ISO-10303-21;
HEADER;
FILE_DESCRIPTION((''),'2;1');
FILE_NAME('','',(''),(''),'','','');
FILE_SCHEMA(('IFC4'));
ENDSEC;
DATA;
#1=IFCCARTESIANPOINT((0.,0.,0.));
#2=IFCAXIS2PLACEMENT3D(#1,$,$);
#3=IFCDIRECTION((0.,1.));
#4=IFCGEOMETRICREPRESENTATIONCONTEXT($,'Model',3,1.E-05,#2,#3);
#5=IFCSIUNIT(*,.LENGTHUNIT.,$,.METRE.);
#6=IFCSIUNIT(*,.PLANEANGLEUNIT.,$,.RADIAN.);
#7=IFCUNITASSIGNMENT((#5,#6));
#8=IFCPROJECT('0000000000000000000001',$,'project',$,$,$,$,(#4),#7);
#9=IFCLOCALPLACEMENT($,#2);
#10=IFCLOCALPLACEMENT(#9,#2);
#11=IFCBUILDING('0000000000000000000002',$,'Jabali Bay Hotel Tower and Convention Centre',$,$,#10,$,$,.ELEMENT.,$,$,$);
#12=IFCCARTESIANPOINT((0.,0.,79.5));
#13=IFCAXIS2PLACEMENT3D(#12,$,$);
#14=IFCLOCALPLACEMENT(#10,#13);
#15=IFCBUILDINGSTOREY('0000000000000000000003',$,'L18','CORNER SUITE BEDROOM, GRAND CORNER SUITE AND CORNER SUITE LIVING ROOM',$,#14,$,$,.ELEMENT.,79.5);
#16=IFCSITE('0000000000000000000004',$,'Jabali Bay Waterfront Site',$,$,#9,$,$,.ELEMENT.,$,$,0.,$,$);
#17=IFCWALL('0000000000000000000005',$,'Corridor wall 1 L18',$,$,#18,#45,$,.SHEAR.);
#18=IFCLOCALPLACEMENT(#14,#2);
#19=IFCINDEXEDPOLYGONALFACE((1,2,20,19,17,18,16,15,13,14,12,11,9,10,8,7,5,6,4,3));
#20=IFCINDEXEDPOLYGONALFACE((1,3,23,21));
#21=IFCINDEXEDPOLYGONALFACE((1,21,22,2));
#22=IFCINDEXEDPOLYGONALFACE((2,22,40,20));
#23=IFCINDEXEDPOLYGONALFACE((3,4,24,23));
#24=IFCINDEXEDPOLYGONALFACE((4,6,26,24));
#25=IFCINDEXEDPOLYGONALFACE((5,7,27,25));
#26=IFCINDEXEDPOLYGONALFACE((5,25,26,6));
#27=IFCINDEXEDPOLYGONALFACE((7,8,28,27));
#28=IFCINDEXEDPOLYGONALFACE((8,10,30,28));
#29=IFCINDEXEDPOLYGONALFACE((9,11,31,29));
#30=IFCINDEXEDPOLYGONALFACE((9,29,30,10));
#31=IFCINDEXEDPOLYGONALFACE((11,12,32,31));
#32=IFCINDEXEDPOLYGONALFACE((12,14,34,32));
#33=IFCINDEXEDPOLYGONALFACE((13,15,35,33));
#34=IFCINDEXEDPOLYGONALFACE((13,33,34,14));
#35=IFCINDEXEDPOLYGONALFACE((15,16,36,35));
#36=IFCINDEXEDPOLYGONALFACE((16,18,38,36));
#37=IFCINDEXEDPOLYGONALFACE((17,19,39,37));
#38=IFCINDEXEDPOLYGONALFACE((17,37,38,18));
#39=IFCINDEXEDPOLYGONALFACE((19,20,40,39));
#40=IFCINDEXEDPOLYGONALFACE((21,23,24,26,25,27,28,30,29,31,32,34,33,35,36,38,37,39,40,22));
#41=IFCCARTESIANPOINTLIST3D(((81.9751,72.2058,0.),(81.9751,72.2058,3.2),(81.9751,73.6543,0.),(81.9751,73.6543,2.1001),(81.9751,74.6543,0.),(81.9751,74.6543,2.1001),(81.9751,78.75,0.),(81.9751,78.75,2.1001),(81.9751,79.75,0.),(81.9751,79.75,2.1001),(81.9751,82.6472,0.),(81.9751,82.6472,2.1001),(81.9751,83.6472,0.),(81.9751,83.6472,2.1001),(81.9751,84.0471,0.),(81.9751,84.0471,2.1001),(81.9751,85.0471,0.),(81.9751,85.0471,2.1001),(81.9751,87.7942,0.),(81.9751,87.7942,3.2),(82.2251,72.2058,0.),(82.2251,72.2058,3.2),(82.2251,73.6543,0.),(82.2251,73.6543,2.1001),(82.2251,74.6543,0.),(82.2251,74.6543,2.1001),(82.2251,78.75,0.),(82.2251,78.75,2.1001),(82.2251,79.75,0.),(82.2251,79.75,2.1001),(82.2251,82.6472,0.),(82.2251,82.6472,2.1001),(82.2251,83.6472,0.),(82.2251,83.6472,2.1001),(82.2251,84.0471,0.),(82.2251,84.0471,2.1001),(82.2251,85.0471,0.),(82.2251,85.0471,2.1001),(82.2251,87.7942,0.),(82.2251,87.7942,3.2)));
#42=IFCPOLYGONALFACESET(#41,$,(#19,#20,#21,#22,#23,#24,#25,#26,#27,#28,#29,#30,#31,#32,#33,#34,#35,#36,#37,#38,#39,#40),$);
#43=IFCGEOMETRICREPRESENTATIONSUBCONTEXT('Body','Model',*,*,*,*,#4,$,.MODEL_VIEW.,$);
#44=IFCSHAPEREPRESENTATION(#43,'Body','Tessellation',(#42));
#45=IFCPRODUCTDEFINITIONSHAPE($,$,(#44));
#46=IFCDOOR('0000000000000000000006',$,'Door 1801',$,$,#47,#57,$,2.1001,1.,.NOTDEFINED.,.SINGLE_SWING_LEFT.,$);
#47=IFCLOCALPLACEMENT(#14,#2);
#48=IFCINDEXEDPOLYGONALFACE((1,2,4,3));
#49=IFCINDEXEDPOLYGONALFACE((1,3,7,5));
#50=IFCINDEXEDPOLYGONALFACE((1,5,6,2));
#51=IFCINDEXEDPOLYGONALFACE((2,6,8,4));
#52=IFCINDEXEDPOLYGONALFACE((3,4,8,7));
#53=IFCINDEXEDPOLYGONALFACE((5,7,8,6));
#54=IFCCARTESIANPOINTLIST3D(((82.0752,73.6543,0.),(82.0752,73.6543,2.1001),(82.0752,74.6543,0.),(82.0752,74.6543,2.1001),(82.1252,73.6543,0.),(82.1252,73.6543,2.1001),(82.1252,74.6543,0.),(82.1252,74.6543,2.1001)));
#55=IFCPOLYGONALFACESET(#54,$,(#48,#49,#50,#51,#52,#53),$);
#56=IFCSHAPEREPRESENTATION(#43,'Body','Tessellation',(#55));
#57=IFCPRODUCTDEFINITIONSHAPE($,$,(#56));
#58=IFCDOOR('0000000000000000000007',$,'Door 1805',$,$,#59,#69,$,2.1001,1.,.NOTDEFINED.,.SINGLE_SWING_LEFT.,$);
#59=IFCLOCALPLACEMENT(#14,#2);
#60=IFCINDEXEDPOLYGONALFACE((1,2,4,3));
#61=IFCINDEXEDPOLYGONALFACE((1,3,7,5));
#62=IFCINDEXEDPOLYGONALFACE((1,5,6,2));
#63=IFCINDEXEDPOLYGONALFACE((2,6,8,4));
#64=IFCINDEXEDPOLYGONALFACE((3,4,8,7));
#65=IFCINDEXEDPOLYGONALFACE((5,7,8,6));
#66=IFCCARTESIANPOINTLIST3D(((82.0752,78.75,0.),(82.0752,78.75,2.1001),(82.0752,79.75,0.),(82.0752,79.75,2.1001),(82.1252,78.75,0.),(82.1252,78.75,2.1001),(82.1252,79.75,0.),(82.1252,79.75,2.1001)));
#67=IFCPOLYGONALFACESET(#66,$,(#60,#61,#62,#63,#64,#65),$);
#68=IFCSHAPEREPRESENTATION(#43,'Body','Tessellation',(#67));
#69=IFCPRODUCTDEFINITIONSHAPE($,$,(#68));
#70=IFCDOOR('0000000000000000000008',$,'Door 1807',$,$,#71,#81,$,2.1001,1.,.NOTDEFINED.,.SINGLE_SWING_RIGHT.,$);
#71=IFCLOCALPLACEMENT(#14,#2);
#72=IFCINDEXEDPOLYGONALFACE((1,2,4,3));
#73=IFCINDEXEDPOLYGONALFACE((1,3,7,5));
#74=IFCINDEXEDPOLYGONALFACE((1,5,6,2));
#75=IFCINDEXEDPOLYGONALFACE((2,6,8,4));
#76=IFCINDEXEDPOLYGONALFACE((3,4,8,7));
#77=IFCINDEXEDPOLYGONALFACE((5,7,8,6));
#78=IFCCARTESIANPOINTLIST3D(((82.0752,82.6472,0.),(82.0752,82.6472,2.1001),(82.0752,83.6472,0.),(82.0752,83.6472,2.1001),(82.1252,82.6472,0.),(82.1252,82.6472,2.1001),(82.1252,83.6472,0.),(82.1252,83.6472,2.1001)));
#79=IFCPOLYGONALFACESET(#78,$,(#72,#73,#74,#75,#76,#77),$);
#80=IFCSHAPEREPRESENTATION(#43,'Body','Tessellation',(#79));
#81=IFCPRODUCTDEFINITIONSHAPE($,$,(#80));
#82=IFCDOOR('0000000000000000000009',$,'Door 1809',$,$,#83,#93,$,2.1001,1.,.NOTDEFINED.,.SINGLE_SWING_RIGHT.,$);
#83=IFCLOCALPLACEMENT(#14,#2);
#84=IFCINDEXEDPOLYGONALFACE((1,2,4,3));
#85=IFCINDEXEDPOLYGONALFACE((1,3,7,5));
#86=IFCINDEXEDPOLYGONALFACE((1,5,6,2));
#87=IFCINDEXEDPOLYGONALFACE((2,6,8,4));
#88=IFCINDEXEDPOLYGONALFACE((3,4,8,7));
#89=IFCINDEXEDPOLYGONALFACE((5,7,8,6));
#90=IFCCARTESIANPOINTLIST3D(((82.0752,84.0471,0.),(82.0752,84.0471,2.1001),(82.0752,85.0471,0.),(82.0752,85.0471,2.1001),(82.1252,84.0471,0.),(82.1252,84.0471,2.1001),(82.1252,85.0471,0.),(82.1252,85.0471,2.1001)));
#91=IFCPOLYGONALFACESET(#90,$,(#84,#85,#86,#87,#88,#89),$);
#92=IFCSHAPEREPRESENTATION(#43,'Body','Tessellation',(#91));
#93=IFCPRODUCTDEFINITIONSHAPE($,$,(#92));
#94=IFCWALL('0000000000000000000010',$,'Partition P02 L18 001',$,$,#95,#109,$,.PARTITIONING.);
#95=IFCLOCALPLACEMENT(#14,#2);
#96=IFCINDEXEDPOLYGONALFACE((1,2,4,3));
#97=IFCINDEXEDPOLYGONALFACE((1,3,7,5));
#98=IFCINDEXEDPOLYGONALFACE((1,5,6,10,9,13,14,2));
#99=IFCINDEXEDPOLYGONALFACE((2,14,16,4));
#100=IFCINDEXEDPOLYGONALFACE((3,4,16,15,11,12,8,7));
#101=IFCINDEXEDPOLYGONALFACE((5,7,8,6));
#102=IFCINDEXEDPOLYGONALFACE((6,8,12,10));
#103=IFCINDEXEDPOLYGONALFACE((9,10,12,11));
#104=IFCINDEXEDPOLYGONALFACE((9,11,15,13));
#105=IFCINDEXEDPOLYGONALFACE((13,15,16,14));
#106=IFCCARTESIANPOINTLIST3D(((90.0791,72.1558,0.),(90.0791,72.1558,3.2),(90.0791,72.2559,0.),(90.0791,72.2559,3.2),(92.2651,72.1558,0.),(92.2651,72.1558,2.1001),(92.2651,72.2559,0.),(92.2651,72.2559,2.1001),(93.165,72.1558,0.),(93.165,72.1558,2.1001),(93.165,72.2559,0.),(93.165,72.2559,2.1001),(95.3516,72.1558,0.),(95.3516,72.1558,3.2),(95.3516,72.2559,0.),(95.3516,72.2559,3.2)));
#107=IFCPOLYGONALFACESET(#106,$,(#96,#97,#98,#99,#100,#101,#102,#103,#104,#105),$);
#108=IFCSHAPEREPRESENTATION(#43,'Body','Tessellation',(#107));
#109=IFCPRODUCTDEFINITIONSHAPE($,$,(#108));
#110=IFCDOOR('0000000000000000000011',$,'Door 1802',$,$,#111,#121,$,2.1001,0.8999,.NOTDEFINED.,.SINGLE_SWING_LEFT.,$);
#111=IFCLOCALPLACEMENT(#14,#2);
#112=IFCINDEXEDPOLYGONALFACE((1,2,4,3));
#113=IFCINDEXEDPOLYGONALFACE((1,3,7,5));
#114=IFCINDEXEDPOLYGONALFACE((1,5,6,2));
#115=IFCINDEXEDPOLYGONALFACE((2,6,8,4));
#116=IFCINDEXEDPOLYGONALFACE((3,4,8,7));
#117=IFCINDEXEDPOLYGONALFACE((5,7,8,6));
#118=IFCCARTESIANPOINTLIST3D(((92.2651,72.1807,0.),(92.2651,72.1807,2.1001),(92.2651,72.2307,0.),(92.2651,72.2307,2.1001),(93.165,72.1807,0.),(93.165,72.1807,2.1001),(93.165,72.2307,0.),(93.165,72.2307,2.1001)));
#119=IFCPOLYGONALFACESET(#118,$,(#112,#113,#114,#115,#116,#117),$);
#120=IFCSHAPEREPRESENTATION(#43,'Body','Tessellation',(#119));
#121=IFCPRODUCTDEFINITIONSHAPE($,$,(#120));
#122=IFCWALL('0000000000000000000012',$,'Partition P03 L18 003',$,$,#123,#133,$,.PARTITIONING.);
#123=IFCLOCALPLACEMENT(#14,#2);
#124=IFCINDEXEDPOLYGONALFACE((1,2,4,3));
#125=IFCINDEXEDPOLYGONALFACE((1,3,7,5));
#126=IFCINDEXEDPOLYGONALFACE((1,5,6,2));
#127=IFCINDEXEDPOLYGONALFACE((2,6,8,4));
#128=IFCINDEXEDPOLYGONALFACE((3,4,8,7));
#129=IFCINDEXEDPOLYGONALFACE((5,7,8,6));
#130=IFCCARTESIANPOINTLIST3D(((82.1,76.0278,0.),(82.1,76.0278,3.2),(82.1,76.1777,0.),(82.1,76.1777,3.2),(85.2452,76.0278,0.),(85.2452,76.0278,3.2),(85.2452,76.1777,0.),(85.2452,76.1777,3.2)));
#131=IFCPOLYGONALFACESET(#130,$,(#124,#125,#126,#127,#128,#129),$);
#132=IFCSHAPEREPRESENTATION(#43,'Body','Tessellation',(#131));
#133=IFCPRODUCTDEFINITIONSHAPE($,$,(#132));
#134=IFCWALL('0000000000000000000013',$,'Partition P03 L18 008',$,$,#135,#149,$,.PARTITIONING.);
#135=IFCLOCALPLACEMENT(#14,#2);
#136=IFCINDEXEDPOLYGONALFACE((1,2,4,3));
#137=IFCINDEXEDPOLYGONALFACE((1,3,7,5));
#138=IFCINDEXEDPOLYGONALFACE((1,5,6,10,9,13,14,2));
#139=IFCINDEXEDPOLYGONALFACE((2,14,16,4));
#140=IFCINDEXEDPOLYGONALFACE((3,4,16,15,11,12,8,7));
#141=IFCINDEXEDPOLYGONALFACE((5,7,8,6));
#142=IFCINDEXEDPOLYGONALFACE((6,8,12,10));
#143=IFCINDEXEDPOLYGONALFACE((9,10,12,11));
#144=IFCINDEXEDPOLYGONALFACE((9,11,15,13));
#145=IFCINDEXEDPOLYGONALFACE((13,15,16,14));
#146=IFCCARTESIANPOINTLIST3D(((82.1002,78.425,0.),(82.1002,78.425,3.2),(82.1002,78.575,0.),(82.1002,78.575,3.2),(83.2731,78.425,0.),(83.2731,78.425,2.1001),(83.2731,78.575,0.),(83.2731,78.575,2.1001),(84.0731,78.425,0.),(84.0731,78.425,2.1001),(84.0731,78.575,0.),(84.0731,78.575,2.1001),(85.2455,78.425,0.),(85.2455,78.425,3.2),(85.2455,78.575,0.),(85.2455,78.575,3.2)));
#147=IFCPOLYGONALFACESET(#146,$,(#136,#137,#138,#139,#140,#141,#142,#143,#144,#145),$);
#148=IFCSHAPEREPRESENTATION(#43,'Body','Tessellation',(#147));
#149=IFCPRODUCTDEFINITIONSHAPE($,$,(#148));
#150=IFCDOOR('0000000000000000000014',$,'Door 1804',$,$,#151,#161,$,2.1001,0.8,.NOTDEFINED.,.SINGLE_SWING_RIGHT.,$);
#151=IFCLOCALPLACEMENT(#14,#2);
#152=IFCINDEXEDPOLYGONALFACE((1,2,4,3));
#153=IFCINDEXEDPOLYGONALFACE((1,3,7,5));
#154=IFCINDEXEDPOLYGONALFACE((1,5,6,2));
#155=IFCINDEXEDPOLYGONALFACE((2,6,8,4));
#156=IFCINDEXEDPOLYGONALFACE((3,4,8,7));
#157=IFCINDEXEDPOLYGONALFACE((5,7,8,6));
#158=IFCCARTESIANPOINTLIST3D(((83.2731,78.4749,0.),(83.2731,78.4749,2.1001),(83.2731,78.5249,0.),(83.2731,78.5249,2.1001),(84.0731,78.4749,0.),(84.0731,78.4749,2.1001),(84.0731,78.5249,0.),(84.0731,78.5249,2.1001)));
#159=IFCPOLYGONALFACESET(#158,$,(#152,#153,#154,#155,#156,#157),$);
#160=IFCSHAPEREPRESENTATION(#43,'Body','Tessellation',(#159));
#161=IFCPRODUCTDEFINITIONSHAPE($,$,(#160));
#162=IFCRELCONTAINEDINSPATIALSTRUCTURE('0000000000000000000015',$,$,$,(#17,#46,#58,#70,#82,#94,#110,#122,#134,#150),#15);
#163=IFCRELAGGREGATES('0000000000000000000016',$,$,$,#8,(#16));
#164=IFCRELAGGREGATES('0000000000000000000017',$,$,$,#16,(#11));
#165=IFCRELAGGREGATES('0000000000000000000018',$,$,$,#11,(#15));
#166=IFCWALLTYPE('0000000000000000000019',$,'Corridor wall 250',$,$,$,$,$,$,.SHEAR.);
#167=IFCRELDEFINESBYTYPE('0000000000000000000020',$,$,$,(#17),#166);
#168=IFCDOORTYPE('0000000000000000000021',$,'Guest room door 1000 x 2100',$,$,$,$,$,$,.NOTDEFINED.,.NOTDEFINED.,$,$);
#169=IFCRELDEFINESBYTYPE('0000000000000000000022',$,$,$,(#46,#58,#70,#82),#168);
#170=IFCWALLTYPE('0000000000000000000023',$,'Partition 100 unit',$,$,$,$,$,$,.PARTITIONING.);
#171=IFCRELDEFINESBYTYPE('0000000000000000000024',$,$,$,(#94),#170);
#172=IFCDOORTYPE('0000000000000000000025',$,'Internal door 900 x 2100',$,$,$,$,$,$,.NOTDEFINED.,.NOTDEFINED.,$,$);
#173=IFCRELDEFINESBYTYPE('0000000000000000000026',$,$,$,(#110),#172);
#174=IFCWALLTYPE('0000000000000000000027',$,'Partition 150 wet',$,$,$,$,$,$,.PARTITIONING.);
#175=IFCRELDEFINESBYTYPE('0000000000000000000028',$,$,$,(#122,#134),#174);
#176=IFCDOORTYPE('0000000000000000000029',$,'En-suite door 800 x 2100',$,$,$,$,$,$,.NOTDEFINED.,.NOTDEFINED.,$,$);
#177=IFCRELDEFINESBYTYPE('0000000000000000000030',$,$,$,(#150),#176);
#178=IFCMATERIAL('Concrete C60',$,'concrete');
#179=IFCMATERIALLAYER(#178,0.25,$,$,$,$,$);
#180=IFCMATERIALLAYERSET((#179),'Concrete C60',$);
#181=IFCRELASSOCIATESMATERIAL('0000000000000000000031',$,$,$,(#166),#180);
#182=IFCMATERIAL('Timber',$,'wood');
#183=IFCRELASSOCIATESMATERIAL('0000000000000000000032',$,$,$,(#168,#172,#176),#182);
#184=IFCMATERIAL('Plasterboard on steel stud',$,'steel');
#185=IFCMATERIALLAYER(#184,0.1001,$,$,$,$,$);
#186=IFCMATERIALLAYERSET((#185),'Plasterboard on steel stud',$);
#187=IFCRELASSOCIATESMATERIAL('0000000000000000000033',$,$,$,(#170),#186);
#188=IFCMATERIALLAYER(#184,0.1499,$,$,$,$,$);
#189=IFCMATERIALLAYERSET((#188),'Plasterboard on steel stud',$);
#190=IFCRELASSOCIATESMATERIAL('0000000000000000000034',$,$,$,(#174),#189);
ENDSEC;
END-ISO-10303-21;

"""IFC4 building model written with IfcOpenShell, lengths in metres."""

from ifc_helpers import new_model, si_unit, direction, frame, frame_2d, origin, place, context, subcontext, project, spatial, rectangle, extrude, material, layer, layer_set, type_object, element, fill, save


model = new_model("IFC4")

# Units and contexts
model_context = context("Model", 3, precision=1e-05, world=origin(), true_north=direction((0.0, 1.0)))
body_context = subcontext(model_context, "Body", "Model", "MODEL_VIEW")
ifc_project = project(units=[si_unit("LENGTHUNIT", "METRE"), si_unit("PLANEANGLEUNIT", "RADIAN")], contexts=[model_context])

# Site, building, storey
site_placement = place(None, origin())
site = spatial("IfcSite", under=ifc_project, at=site_placement, Name="Jabali Bay Waterfront Site", CompositionType="ELEMENT", RefElevation=0.0)
building_placement = place(site_placement, origin())
building = spatial("IfcBuilding", under=site, at=building_placement, Name="Jabali Bay Hotel Tower and Convention Centre", CompositionType="ELEMENT")
storey_placement = place(building_placement, frame((0.0, 0.0, 79.5)))
storey = spatial("IfcBuildingStorey", under=building, at=storey_placement, Name="L18", Description="CORNER SUITE BEDROOM, GRAND CORNER SUITE AND CORNER SUITE LIVING ROOM", CompositionType="ELEMENT", Elevation=79.5)

# Shared definitions
ifc_material_1 = material(Name="Concrete C60", Category="concrete")

# Wall, openings, doors
ifc_layer_1 = layer(ifc_material_1, 0.25)
ifc_layer_set_1 = layer_set([ifc_layer_1], Name="Concrete C60")
wall_type_1 = type_object("IfcWallType", Name="Corridor wall 250", PredefinedType="SHEAR", material=ifc_layer_set_1)
wall_1_placement = place(storey_placement, frame((82.1001, 72.2058, 0.0), z_axis=(0.0, 0.0, 1.0), x_axis=(0.0, 1.0, 0.0)))
wall_1 = element("IfcWall", 1, at=wall_1_placement, inside=storey, type_object=wall_type_1, Name="Corridor wall 1 L18", PredefinedType="SHEAR", context=body_context, shape_type="SweptSolid", body=[
    extrude(rectangle(XDim=15.5884, YDim=0.25, at=frame_2d((7.7942, 0.0))), origin(), (0.0, 0.0, 1.0), 3.2),
])
opening_1_placement = place(wall_1_placement, frame((1.4485, 0.0, 0.0)))
opening_1 = element("IfcOpeningElement", 2, at=opening_1_placement, cuts=wall_1, PredefinedType="OPENING", context=body_context, shape_type="SweptSolid", body=[
    extrude(rectangle(XDim=1.0, YDim=2.1001, at=frame_2d((0.5, 1.05))), frame((0.0, 0.1355, 0.0), z_axis=(0.0, -1.0, 0.0), x_axis=(1.0, 0.0, 0.0)), (0.0, 0.0, 1.0), 0.271),
])
opening_2_placement = place(wall_1_placement, frame((6.5442, 0.0, 0.0)))
opening_2 = element("IfcOpeningElement", 3, at=opening_2_placement, cuts=wall_1, PredefinedType="OPENING", context=body_context, shape_type="SweptSolid", body=[
    extrude(rectangle(XDim=1.0, YDim=2.1001, at=frame_2d((0.5, 1.05))), frame((0.0, 0.1355, 0.0), z_axis=(0.0, -1.0, 0.0), x_axis=(1.0, 0.0, 0.0)), (0.0, 0.0, 1.0), 0.271),
])
opening_3_placement = place(wall_1_placement, frame((10.4414, 0.0, 0.0)))
opening_3 = element("IfcOpeningElement", 4, at=opening_3_placement, cuts=wall_1, PredefinedType="OPENING", context=body_context, shape_type="SweptSolid", body=[
    extrude(rectangle(XDim=1.0, YDim=2.1001, at=frame_2d((0.5, 1.05))), frame((0.0, 0.1355, 0.0), z_axis=(0.0, -1.0, 0.0), x_axis=(1.0, 0.0, 0.0)), (0.0, 0.0, 1.0), 0.271),
])
opening_4_placement = place(wall_1_placement, frame((11.8413, 0.0, 0.0)))
opening_4 = element("IfcOpeningElement", 5, at=opening_4_placement, cuts=wall_1, PredefinedType="OPENING", context=body_context, shape_type="SweptSolid", body=[
    extrude(rectangle(XDim=1.0, YDim=2.1001, at=frame_2d((0.5, 1.05))), frame((0.0, 0.1355, 0.0), z_axis=(0.0, -1.0, 0.0), x_axis=(1.0, 0.0, 0.0)), (0.0, 0.0, 1.0), 0.271),
])
ifc_material_2 = material(Name="Timber", Category="wood")
door_type_1 = type_object("IfcDoorType", Name="Guest room door 1000 x 2100", OperationType="NOTDEFINED", PredefinedType="NOTDEFINED", material=ifc_material_2)
door_1_placement = place(opening_1_placement, origin())
door_1 = element("IfcDoor", 6, at=door_1_placement, inside=storey, type_object=door_type_1, Name="Door 1801", OperationType="SINGLE_SWING_LEFT", OverallHeight=2.1001, OverallWidth=1.0, PredefinedType="NOTDEFINED", context=body_context, shape_type="SweptSolid", body=[
    extrude(rectangle(XDim=1.0, YDim=2.1001, at=frame_2d((0.5, 1.05))), frame((0.0, 0.0249, 0.0), z_axis=(0.0, -1.0, 0.0), x_axis=(1.0, 0.0, 0.0)), (0.0, 0.0, 1.0), 0.05),
])
fill(opening_1, door_1)
door_2_placement = place(opening_2_placement, origin())
door_2 = element("IfcDoor", 7, at=door_2_placement, inside=storey, type_object=door_type_1, Name="Door 1805", OperationType="SINGLE_SWING_LEFT", OverallHeight=2.1001, OverallWidth=1.0, PredefinedType="NOTDEFINED", context=body_context, shape_type="SweptSolid", body=[
    extrude(rectangle(XDim=1.0, YDim=2.1001, at=frame_2d((0.5, 1.05))), frame((0.0, 0.0249, 0.0), z_axis=(0.0, -1.0, 0.0), x_axis=(1.0, 0.0, 0.0)), (0.0, 0.0, 1.0), 0.05),
])
fill(opening_2, door_2)
door_3_placement = place(opening_3_placement, origin())
door_3 = element("IfcDoor", 8, at=door_3_placement, inside=storey, type_object=door_type_1, Name="Door 1807", OperationType="SINGLE_SWING_RIGHT", OverallHeight=2.1001, OverallWidth=1.0, PredefinedType="NOTDEFINED", context=body_context, shape_type="SweptSolid", body=[
    extrude(rectangle(XDim=1.0, YDim=2.1001, at=frame_2d((0.5, 1.05))), frame((0.0, 0.0249, 0.0), z_axis=(0.0, -1.0, 0.0), x_axis=(1.0, 0.0, 0.0)), (0.0, 0.0, 1.0), 0.05),
])
fill(opening_3, door_3)
door_4_placement = place(opening_4_placement, origin())
door_4 = element("IfcDoor", 9, at=door_4_placement, inside=storey, type_object=door_type_1, Name="Door 1809", OperationType="SINGLE_SWING_RIGHT", OverallHeight=2.1001, OverallWidth=1.0, PredefinedType="NOTDEFINED", context=body_context, shape_type="SweptSolid", body=[
    extrude(rectangle(XDim=1.0, YDim=2.1001, at=frame_2d((0.5, 1.05))), frame((0.0, 0.0249, 0.0), z_axis=(0.0, -1.0, 0.0), x_axis=(1.0, 0.0, 0.0)), (0.0, 0.0, 1.0), 0.05),
])
fill(opening_4, door_4)

# Wall, opening, door
ifc_material_3 = material(Name="Plasterboard on steel stud", Category="steel")
ifc_layer_2 = layer(ifc_material_3, 0.1001)
ifc_layer_set_2 = layer_set([ifc_layer_2], Name="Plasterboard on steel stud")
wall_type_2 = type_object("IfcWallType", Name="Partition 100 unit", PredefinedType="PARTITIONING", material=ifc_layer_set_2)
wall_2_placement = place(storey_placement, frame((90.0791, 72.2058, 0.0), z_axis=(0.0, 0.0, 1.0), x_axis=(1.0, 0.0, 0.0)))
wall_2 = element("IfcWall", 10, at=wall_2_placement, inside=storey, type_object=wall_type_2, Name="Partition P02 L18 001", PredefinedType="PARTITIONING", context=body_context, shape_type="SweptSolid", body=[
    extrude(rectangle(XDim=5.2725, YDim=0.1001, at=frame_2d((2.6362, 0.0))), origin(), (0.0, 0.0, 1.0), 3.2),
])
opening_5_placement = place(wall_2_placement, frame((2.186, 0.0, 0.0)))
opening_5 = element("IfcOpeningElement", 11, at=opening_5_placement, cuts=wall_2, PredefinedType="OPENING", context=body_context, shape_type="SweptSolid", body=[
    extrude(rectangle(XDim=0.8999, YDim=2.1001, at=frame_2d((0.45, 1.05))), frame((0.0, 0.0605, 0.0), z_axis=(0.0, -1.0, 0.0), x_axis=(1.0, 0.0, 0.0)), (0.0, 0.0, 1.0), 0.1211),
])
door_type_2 = type_object("IfcDoorType", Name="Internal door 900 x 2100", OperationType="NOTDEFINED", PredefinedType="NOTDEFINED", material=ifc_material_2)
door_5_placement = place(opening_5_placement, origin())
door_5 = element("IfcDoor", 12, at=door_5_placement, inside=storey, type_object=door_type_2, Name="Door 1802", OperationType="SINGLE_SWING_LEFT", OverallHeight=2.1001, OverallWidth=0.8999, PredefinedType="NOTDEFINED", context=body_context, shape_type="SweptSolid", body=[
    extrude(rectangle(XDim=0.8999, YDim=2.1001, at=frame_2d((0.45, 1.05))), frame((0.0, 0.0249, 0.0), z_axis=(0.0, -1.0, 0.0), x_axis=(1.0, 0.0, 0.0)), (0.0, 0.0, 1.0), 0.05),
])
fill(opening_5, door_5)

# Wall
ifc_layer_3 = layer(ifc_material_3, 0.1499)
ifc_layer_set_3 = layer_set([ifc_layer_3], Name="Plasterboard on steel stud")
wall_type_3 = type_object("IfcWallType", Name="Partition 150 wet", PredefinedType="PARTITIONING", material=ifc_layer_set_3)
wall_3_placement = place(storey_placement, frame((85.2454, 76.1028, 0.0), z_axis=(0.0, 0.0, 1.0), x_axis=(-1.0, 0.0, 0.0)))
element("IfcWall", 13, at=wall_3_placement, inside=storey, type_object=wall_type_3, Name="Partition P03 L18 003", PredefinedType="PARTITIONING", context=body_context, shape_type="SweptSolid", body=[
    extrude(rectangle(XDim=3.1453, YDim=0.1499, at=frame_2d((1.5728, 0.0))), origin(), (0.0, 0.0, 1.0), 3.2),
])

# Wall, opening, door
wall_4_placement = place(storey_placement, frame((82.1001, 78.5, 0.0), z_axis=(0.0, 0.0, 1.0), x_axis=(1.0, 0.0, 0.0)))
wall_4 = element("IfcWall", 14, at=wall_4_placement, inside=storey, type_object=wall_type_3, Name="Partition P03 L18 008", PredefinedType="PARTITIONING", context=body_context, shape_type="SweptSolid", body=[
    extrude(rectangle(XDim=3.1453, YDim=0.1499, at=frame_2d((1.5728, 0.0))), origin(), (0.0, 0.0, 1.0), 3.2),
])
opening_6_placement = place(wall_4_placement, frame((1.1731, 0.0, 0.0)))
opening_6 = element("IfcOpeningElement", 15, at=opening_6_placement, cuts=wall_4, PredefinedType="OPENING", context=body_context, shape_type="SweptSolid", body=[
    extrude(rectangle(XDim=0.8, YDim=2.1001, at=frame_2d((0.3999, 1.05))), frame((0.0, 0.0854, 0.0), z_axis=(0.0, -1.0, 0.0), x_axis=(1.0, 0.0, 0.0)), (0.0, 0.0, 1.0), 0.1709),
])
door_type_3 = type_object("IfcDoorType", Name="En-suite door 800 x 2100", OperationType="NOTDEFINED", PredefinedType="NOTDEFINED", material=ifc_material_2)
door_6_placement = place(opening_6_placement, origin())
door_6 = element("IfcDoor", 16, at=door_6_placement, inside=storey, type_object=door_type_3, Name="Door 1804", OperationType="SINGLE_SWING_RIGHT", OverallHeight=2.1001, OverallWidth=0.8, PredefinedType="NOTDEFINED", context=body_context, shape_type="SweptSolid", body=[
    extrude(rectangle(XDim=0.8, YDim=2.1001, at=frame_2d((0.3999, 1.05))), frame((0.0, 0.0249, 0.0), z_axis=(0.0, -1.0, 0.0), x_axis=(1.0, 0.0, 0.0)), (0.0, 0.0, 1.0), 0.05),
])
fill(opening_6, door_6)

save(model, "model.ifc")
